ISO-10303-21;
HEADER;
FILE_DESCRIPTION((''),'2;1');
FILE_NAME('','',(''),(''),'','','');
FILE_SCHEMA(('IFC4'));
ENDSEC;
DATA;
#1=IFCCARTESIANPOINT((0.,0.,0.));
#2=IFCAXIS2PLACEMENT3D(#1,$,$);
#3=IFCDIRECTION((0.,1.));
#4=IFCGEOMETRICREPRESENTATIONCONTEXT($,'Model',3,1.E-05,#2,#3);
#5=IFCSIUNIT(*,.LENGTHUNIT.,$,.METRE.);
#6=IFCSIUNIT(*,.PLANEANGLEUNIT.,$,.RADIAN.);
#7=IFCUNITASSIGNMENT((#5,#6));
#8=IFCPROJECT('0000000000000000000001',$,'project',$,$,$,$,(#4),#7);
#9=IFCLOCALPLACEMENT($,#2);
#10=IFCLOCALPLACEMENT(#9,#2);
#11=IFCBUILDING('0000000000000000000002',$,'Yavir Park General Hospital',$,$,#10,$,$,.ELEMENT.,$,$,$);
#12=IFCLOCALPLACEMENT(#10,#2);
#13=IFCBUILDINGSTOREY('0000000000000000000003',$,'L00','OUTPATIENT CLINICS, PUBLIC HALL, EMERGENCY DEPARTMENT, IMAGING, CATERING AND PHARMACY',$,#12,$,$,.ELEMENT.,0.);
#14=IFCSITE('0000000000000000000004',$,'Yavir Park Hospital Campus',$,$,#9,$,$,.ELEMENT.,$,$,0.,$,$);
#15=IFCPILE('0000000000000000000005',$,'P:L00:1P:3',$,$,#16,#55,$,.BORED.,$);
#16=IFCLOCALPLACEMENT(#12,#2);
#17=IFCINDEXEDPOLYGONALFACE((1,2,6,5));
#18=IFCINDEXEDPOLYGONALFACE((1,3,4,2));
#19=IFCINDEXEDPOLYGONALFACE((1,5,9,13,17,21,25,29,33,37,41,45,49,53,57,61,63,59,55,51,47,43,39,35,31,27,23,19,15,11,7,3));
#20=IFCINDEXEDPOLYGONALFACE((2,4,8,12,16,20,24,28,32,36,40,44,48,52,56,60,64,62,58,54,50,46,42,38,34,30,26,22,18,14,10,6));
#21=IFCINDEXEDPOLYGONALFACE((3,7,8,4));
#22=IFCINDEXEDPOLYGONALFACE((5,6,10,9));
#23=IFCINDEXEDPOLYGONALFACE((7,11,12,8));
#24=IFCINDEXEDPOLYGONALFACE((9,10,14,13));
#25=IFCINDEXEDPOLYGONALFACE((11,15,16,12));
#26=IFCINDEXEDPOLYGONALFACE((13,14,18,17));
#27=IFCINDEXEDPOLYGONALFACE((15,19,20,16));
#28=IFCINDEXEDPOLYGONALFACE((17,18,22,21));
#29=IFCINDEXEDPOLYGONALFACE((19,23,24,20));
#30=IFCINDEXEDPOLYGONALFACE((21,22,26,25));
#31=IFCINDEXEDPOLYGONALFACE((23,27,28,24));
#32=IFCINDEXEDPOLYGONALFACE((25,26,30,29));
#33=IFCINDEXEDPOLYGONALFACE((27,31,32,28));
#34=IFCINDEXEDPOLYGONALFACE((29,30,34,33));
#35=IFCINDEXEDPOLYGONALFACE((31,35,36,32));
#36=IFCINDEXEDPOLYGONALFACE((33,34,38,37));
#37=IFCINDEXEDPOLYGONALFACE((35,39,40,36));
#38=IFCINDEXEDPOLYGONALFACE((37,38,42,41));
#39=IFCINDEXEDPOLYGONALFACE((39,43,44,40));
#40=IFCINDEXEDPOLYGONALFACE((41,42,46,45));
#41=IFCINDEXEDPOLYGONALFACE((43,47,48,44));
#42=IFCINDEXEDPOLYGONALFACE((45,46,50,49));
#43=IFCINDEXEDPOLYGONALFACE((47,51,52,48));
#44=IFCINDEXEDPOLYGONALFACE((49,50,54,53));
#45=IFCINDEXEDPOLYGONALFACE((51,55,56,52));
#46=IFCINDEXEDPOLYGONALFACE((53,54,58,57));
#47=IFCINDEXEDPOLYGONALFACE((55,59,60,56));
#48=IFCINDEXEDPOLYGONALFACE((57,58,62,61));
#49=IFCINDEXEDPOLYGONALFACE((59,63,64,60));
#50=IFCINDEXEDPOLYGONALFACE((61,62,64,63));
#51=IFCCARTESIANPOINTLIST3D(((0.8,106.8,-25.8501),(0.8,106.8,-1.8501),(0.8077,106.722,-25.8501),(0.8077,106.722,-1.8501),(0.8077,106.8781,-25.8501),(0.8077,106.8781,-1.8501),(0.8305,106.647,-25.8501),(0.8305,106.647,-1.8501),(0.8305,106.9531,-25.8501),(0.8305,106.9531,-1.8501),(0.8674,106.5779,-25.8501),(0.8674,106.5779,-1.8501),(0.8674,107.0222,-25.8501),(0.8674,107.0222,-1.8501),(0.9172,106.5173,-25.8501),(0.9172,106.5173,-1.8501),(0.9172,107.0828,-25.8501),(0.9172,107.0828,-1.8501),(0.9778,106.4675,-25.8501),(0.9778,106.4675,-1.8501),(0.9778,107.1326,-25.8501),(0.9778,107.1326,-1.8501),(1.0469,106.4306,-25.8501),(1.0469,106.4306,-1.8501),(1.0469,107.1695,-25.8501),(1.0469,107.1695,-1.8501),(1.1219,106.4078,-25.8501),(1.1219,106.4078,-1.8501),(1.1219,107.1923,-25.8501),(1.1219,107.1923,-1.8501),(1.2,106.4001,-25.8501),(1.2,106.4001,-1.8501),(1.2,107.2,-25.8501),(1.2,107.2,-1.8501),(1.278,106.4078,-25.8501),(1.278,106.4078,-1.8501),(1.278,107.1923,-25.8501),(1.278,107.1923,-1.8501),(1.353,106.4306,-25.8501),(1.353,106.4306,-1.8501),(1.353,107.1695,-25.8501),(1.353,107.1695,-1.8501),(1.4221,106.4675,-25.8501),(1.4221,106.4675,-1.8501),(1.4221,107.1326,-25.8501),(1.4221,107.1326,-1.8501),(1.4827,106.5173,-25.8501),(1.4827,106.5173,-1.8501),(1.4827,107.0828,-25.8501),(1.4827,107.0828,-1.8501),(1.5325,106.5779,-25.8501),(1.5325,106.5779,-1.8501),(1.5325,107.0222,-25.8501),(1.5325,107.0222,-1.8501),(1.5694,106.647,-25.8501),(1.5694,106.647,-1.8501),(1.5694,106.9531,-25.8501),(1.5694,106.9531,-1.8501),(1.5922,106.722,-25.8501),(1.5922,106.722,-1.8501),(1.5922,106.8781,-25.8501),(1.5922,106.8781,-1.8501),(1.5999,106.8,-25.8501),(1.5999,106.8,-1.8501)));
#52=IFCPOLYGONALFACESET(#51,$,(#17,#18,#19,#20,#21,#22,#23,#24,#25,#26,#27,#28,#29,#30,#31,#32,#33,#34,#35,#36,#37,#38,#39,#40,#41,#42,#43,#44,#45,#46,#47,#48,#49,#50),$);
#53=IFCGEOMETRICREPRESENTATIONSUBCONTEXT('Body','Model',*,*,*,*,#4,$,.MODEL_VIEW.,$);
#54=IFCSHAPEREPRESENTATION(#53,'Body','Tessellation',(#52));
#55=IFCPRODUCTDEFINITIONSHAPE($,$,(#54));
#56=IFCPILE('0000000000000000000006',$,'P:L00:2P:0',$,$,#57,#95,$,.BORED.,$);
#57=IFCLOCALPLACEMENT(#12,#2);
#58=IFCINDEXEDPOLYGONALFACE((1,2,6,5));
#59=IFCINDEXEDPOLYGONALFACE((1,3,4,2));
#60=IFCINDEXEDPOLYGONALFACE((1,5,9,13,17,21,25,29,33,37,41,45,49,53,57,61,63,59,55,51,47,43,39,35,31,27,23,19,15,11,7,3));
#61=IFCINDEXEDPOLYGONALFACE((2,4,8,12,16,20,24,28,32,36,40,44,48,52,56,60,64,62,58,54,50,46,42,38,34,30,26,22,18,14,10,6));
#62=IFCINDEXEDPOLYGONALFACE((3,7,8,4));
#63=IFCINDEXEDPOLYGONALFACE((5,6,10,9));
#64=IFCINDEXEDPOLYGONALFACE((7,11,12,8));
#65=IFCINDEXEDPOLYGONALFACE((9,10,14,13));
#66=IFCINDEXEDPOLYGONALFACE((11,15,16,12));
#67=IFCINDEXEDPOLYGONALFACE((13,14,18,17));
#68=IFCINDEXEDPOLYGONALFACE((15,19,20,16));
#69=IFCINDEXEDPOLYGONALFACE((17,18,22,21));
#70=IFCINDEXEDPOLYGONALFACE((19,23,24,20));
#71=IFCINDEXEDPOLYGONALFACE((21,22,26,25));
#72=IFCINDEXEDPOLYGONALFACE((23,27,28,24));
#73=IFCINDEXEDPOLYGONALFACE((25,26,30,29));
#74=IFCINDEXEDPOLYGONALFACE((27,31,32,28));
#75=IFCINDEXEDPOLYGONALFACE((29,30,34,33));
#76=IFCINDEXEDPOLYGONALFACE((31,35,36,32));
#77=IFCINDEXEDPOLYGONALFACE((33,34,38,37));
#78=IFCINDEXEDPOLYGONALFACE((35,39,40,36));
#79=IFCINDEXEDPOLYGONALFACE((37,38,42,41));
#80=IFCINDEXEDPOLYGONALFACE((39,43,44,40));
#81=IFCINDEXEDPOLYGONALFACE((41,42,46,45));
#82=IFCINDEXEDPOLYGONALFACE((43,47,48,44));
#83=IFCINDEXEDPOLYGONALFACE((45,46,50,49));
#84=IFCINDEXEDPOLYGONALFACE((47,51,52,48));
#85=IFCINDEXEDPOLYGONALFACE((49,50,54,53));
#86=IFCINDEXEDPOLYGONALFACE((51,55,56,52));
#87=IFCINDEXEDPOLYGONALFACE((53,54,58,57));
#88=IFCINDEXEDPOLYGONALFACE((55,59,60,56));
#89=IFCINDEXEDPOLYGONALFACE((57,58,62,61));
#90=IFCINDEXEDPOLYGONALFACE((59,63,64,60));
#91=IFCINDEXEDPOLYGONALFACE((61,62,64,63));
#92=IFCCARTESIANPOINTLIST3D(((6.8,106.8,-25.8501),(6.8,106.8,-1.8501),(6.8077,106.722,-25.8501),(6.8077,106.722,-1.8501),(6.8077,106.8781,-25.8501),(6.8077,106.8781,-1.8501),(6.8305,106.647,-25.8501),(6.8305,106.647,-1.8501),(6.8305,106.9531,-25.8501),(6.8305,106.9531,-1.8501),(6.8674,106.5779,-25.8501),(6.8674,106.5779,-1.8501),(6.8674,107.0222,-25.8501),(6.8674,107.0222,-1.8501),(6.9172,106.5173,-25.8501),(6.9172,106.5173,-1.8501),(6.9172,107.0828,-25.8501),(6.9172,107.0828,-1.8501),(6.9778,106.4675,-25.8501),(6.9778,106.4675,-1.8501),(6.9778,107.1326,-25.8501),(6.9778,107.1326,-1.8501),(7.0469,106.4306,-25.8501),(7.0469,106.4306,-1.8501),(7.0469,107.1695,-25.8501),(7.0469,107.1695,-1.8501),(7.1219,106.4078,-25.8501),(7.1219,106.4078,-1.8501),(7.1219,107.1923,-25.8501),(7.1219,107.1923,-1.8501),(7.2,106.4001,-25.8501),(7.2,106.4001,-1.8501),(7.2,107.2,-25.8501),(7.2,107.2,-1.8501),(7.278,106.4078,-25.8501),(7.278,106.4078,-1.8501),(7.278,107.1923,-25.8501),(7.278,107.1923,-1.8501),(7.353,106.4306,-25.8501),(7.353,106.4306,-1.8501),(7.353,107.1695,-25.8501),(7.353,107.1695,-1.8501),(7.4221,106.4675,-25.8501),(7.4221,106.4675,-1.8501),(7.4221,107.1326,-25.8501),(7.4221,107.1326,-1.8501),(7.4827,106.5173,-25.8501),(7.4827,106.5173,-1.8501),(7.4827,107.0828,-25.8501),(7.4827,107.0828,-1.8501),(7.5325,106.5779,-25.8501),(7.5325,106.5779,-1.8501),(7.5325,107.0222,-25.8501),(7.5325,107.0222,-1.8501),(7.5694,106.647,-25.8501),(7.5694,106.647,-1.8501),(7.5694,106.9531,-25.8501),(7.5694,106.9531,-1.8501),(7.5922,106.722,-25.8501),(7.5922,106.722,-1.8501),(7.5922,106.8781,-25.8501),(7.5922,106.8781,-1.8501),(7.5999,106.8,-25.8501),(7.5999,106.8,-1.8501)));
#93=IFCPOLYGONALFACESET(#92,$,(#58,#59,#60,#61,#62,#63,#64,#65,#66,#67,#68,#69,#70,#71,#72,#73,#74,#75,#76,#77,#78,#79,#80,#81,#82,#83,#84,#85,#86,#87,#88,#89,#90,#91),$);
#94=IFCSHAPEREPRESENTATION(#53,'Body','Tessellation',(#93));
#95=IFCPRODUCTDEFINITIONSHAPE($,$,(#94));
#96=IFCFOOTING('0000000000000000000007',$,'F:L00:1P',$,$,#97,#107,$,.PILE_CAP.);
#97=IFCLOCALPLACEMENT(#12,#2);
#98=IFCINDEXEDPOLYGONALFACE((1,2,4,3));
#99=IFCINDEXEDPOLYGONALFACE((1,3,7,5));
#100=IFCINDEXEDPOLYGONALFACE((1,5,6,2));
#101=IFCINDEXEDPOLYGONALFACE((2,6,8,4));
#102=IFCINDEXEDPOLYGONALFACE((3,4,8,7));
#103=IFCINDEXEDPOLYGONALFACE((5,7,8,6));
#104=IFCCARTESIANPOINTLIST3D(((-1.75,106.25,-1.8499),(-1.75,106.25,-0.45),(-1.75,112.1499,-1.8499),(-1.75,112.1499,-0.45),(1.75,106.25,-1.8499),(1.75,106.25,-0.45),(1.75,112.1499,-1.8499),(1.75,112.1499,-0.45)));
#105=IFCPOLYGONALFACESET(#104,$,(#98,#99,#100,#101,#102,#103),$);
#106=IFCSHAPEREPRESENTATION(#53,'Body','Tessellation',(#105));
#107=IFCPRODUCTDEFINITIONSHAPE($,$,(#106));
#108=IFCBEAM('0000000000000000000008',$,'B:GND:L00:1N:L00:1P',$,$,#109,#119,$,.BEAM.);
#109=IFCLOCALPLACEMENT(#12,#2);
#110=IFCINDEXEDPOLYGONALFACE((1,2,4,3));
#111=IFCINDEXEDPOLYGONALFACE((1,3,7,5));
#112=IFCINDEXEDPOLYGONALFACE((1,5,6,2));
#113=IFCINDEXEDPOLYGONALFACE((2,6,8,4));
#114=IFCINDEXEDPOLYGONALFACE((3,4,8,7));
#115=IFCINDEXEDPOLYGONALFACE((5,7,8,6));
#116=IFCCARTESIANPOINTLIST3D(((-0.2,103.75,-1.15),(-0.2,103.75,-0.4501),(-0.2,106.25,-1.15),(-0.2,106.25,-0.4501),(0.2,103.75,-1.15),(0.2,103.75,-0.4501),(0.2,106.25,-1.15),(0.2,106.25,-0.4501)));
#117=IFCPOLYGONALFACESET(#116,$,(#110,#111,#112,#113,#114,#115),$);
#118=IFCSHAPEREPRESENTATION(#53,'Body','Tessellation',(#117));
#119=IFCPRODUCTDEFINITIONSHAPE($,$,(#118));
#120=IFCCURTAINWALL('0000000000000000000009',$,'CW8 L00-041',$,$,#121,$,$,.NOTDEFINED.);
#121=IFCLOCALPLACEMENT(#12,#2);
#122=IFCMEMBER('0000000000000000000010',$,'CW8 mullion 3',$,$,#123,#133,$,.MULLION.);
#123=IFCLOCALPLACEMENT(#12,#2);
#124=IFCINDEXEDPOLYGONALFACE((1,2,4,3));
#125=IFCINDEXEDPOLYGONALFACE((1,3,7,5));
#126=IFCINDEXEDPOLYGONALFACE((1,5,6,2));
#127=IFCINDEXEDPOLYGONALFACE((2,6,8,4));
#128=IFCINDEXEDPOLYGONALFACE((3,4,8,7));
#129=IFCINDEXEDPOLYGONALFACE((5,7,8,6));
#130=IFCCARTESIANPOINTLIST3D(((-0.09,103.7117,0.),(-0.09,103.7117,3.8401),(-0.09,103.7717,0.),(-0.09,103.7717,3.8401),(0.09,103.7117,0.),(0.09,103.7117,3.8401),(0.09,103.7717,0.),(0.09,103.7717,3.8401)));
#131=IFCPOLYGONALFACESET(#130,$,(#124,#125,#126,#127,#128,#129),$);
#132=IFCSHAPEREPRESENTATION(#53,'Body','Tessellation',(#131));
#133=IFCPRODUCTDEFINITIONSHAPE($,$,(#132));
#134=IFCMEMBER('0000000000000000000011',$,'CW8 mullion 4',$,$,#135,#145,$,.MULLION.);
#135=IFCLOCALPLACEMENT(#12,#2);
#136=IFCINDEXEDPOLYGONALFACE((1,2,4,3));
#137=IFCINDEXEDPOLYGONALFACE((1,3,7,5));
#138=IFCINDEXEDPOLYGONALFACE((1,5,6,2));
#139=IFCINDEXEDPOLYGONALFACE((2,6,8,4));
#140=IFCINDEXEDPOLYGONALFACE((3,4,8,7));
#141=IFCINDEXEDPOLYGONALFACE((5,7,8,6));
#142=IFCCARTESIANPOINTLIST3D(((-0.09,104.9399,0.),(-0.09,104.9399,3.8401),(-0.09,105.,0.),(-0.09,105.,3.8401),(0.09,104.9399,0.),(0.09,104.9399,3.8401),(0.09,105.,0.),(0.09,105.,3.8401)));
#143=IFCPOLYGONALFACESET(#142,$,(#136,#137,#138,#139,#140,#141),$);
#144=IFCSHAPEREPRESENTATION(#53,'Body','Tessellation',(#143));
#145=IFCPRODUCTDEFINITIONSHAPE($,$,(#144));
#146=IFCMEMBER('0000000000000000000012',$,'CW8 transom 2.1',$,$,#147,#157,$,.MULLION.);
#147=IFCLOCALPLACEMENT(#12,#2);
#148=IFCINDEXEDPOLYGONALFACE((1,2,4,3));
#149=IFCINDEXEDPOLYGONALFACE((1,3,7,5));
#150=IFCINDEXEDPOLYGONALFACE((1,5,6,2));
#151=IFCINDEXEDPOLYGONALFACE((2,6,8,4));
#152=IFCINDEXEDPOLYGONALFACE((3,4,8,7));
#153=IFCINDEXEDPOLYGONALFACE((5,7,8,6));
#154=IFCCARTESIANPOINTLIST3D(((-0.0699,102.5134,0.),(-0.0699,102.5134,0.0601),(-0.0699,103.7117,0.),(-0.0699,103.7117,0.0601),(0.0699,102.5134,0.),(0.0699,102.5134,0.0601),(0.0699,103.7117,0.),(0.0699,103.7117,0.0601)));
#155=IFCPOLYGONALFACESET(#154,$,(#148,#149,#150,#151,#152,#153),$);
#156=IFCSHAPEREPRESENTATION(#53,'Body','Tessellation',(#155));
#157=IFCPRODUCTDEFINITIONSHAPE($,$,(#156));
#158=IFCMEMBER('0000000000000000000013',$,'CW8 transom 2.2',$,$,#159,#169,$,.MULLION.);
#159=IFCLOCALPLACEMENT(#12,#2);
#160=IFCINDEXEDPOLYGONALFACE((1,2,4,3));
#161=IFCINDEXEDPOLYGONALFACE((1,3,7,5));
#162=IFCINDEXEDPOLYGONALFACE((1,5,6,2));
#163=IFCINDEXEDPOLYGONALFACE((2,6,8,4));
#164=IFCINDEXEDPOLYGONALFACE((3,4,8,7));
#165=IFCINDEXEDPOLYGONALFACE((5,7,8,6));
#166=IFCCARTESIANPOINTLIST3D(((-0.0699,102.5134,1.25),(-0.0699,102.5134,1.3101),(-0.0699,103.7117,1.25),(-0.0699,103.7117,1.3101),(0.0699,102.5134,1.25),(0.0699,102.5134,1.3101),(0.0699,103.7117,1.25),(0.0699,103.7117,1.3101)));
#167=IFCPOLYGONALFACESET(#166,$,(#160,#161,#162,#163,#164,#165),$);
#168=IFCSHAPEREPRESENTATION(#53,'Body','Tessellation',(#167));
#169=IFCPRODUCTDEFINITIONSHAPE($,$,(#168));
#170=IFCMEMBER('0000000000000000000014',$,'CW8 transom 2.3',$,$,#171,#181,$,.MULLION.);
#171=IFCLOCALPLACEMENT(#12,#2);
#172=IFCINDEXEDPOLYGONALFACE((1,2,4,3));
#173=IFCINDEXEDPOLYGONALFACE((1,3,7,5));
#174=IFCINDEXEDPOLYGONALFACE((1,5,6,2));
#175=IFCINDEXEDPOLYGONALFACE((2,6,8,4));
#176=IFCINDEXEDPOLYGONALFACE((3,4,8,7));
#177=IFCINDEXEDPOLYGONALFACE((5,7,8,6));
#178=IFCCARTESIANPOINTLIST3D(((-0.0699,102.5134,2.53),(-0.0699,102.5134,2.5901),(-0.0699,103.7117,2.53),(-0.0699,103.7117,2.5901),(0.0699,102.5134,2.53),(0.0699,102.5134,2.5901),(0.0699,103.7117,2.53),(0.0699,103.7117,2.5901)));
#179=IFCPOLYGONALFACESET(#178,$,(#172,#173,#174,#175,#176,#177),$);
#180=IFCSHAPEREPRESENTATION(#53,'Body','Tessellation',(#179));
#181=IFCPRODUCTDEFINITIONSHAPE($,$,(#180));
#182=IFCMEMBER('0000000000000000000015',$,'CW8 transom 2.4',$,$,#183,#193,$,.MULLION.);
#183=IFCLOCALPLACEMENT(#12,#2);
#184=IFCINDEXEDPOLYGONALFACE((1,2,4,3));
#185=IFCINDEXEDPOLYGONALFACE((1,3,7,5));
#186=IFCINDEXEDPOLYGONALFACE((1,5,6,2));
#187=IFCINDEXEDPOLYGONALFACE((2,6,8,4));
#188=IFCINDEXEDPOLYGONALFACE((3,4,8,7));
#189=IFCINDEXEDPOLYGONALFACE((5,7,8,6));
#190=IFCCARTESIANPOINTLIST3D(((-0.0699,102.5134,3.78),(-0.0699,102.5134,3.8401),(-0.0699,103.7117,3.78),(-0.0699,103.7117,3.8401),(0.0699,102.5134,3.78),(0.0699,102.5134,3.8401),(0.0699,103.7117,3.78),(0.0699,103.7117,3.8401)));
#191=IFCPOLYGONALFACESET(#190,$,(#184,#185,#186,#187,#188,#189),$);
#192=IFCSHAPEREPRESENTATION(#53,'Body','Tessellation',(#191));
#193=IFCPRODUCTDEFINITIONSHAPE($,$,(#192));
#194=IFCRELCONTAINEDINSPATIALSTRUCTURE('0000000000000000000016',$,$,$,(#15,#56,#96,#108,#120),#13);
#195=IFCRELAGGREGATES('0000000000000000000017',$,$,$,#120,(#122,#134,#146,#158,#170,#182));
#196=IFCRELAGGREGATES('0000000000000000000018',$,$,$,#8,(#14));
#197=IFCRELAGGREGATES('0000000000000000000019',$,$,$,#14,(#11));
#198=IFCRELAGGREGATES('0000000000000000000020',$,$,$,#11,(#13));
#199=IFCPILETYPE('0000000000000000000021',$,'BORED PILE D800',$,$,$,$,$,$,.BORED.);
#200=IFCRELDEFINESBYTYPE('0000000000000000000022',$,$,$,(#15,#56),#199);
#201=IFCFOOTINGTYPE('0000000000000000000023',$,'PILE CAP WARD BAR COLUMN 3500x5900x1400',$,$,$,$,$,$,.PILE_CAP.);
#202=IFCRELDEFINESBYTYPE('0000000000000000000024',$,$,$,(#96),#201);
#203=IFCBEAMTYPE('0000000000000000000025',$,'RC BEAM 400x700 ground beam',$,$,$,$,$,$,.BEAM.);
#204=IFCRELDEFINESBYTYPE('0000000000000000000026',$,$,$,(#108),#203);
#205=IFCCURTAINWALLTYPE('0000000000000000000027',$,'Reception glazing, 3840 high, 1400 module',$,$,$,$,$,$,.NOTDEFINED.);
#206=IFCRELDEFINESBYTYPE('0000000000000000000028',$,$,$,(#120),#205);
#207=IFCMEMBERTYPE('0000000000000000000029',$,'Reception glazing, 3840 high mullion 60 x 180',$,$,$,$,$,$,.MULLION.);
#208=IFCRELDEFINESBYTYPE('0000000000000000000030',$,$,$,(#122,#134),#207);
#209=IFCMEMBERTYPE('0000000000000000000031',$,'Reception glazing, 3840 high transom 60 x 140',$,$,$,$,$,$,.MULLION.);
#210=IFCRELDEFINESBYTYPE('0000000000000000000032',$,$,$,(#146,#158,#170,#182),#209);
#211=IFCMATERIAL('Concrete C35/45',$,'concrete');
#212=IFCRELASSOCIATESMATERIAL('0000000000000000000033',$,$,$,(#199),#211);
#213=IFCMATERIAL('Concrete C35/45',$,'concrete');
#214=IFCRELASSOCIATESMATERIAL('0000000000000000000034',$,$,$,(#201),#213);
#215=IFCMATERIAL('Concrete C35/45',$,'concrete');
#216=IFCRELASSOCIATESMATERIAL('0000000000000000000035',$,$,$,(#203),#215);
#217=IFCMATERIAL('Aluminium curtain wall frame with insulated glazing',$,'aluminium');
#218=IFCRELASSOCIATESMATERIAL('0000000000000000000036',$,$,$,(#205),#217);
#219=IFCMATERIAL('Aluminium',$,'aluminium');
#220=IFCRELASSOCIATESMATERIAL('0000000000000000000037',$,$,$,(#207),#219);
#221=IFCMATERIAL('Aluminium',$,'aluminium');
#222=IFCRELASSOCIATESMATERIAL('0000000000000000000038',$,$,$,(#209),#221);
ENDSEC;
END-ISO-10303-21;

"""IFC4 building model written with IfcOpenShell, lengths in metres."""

from ifc_helpers import new_model, si_unit, direction, frame, origin, origin_2d, place, context, subcontext, project, spatial, rectangle, circle, extrude, material, material_profile, profile_set, type_object, element, aggregate, save


model = new_model("IFC4")

# Units and contexts
model_context = context("Model", 3, precision=1e-05, world=origin(), true_north=direction((0.0, 1.0)))
body_context = subcontext(model_context, "Body", "Model", "MODEL_VIEW")
ifc_project = project(units=[si_unit("LENGTHUNIT", "METRE"), si_unit("PLANEANGLEUNIT", "RADIAN")], contexts=[model_context])

# Site, building, storey
site_placement = place(None, origin())
site = spatial("IfcSite", under=ifc_project, at=site_placement, Name="Yavir Park Hospital Campus", CompositionType="ELEMENT", RefElevation=0.0)
building_placement = place(site_placement, origin())
building = spatial("IfcBuilding", under=site, at=building_placement, Name="Yavir Park General Hospital", CompositionType="ELEMENT")
storey_placement = place(building_placement, origin())
storey = spatial("IfcBuildingStorey", under=building, at=storey_placement, Name="L00", Description="OUTPATIENT CLINICS, PUBLIC HALL, EMERGENCY DEPARTMENT, IMAGING, CATERING AND PHARMACY", CompositionType="ELEMENT", Elevation=0.0)

# Piles
ifc_material_1 = material(Name="Concrete C35/45", Category="concrete")
ifc_material_profile_1 = material_profile(ifc_material_1, circle(Radius=0.3999, at=origin_2d()), Name="D800")
ifc_profile_set_1 = profile_set([ifc_material_profile_1], Name="Concrete C35/45")
pile_type = type_object("IfcPileType", Name="BORED PILE D800", PredefinedType="BORED", material=ifc_profile_set_1)
for number, where, z_axis, x_axis, name in (
    (1, (1.2, 106.8, -1.8501), (0.0, 0.0, -1.0), (1.0, 0.0, 0.0), "P:L00:1P:3"),
    (2, (7.2, 106.8, -1.8501), (0.0, 0.0, -1.0), (1.0, 0.0, 0.0), "P:L00:2P:0"),
):
    element("IfcPile", number, at=place(storey_placement, frame(where, z_axis=z_axis, x_axis=x_axis)), inside=storey, type_object=pile_type, Name=name, PredefinedType="BORED", context=body_context, shape_type="SweptSolid", body=[
        extrude(circle(Radius=0.3999, at=origin_2d()), origin(), (0.0, 0.0, 1.0), 24.0),
    ])

# Footing
ifc_material_2 = material(Name="Concrete C35/45", Category="concrete")
footing_type = type_object("IfcFootingType", Name="PILE CAP WARD BAR COLUMN 3500x5900x1400", PredefinedType="PILE_CAP", material=ifc_material_2)
footing_placement = place(storey_placement, frame((0.0, 109.2, -1.8499), z_axis=(0.0, 0.0, 1.0), x_axis=(1.0, 0.0, 0.0)))
element("IfcFooting", 3, at=footing_placement, inside=storey, type_object=footing_type, Name="F:L00:1P", PredefinedType="PILE_CAP", context=body_context, shape_type="SweptSolid", body=[
    extrude(rectangle(XDim=3.5, YDim=5.8999, at=origin_2d()), origin(), (0.0, 0.0, 1.0), 1.3999),
])

# Beam
ifc_material_3 = material(Name="Concrete C35/45", Category="concrete")
ifc_material_profile_2 = material_profile(ifc_material_3, rectangle(XDim=0.3999, YDim=0.7, at=origin_2d()), Name="RC400x700")
ifc_profile_set_2 = profile_set([ifc_material_profile_2], Name="Concrete C35/45")
beam_type = type_object("IfcBeamType", Name="RC BEAM 400x700 ground beam", PredefinedType="BEAM", material=ifc_profile_set_2)
beam_placement = place(storey_placement, frame((0.0, 103.75, -0.8), z_axis=(0.0, 1.0, 0.0), x_axis=(-1.0, 0.0, 0.0)))
element("IfcBeam", 4, at=beam_placement, inside=storey, type_object=beam_type, Name="B:GND:L00:1N:L00:1P", PredefinedType="BEAM", context=body_context, shape_type="SweptSolid", body=[
    extrude(rectangle(XDim=0.3999, YDim=0.7, at=origin_2d()), origin(), (0.0, 0.0, 1.0), 2.5),
])

# Curtain wall, members
ifc_material_4 = material(Name="Aluminium curtain wall frame with insulated glazing", Category="aluminium")
curtain_wall_type = type_object("IfcCurtainWallType", Name="Reception glazing, 3840 high, 1400 module", PredefinedType="NOTDEFINED", material=ifc_material_4)
curtain_wall_placement = place(storey_placement, origin())
curtain_wall = element("IfcCurtainWall", 5, at=curtain_wall_placement, inside=storey, type_object=curtain_wall_type, Name="CW8 L00-041", PredefinedType="NOTDEFINED")
ifc_material_5 = material(Name="Aluminium", Category="aluminium")
ifc_material_profile_3 = material_profile(ifc_material_5, rectangle(XDim=0.1799, YDim=0.0601, at=origin_2d()), Name="AL 60x180")
ifc_profile_set_3 = profile_set([ifc_material_profile_3], Name="Aluminium")
member_type_1 = type_object("IfcMemberType", Name="Reception glazing, 3840 high mullion 60 x 180", PredefinedType="MULLION", material=ifc_profile_set_3)
member_1_placement = place(storey_placement, frame((0.0, 103.7417, 0.0), z_axis=(0.0, 0.0, 1.0), x_axis=(-1.0, 0.0, 0.0)))
member_1 = element("IfcMember", 6, at=member_1_placement, type_object=member_type_1, Name="CW8 mullion 3", PredefinedType="MULLION", context=body_context, shape_type="SweptSolid", body=[
    extrude(rectangle(XDim=0.1799, YDim=0.0601, at=origin_2d()), origin(), (0.0, 0.0, 1.0), 3.8401),
])
member_2_placement = place(storey_placement, frame((0.0, 104.97, 0.0), z_axis=(0.0, 0.0, 1.0), x_axis=(-1.0, 0.0, 0.0)))
member_2 = element("IfcMember", 7, at=member_2_placement, type_object=member_type_1, Name="CW8 mullion 4", PredefinedType="MULLION", context=body_context, shape_type="SweptSolid", body=[
    extrude(rectangle(XDim=0.1799, YDim=0.0601, at=origin_2d()), origin(), (0.0, 0.0, 1.0), 3.8401),
])
ifc_material_6 = material(Name="Aluminium", Category="aluminium")
ifc_material_profile_4 = material_profile(ifc_material_6, rectangle(XDim=0.1399, YDim=0.0601, at=origin_2d()), Name="AL 140x60")
ifc_profile_set_4 = profile_set([ifc_material_profile_4], Name="Aluminium")
member_type_2 = type_object("IfcMemberType", Name="Reception glazing, 3840 high transom 60 x 140", PredefinedType="MULLION", material=ifc_profile_set_4)
member_3_placement = place(storey_placement, frame((0.0, 102.5134, 0.03), z_axis=(0.0, 1.0, 0.0), x_axis=(-1.0, 0.0, 0.0)))
member_3 = element("IfcMember", 8, at=member_3_placement, type_object=member_type_2, Name="CW8 transom 2.1", PredefinedType="MULLION", context=body_context, shape_type="SweptSolid", body=[
    extrude(rectangle(XDim=0.1399, YDim=0.0601, at=origin_2d()), origin(), (0.0, 0.0, 1.0), 1.1982),
])
member_4_placement = place(storey_placement, frame((0.0, 102.5134, 1.28), z_axis=(0.0, 1.0, 0.0), x_axis=(-1.0, 0.0, 0.0)))
member_4 = element("IfcMember", 9, at=member_4_placement, type_object=member_type_2, Name="CW8 transom 2.2", PredefinedType="MULLION", context=body_context, shape_type="SweptSolid", body=[
    extrude(rectangle(XDim=0.1399, YDim=0.0601, at=origin_2d()), origin(), (0.0, 0.0, 1.0), 1.1982),
])
member_5_placement = place(storey_placement, frame((0.0, 102.5134, 2.5601), z_axis=(0.0, 1.0, 0.0), x_axis=(-1.0, 0.0, 0.0)))
member_5 = element("IfcMember", 10, at=member_5_placement, type_object=member_type_2, Name="CW8 transom 2.3", PredefinedType="MULLION", context=body_context, shape_type="SweptSolid", body=[
    extrude(rectangle(XDim=0.1399, YDim=0.0601, at=origin_2d()), origin(), (0.0, 0.0, 1.0), 1.1982),
])
member_6_placement = place(storey_placement, frame((0.0, 102.5134, 3.8101), z_axis=(0.0, 1.0, 0.0), x_axis=(-1.0, 0.0, 0.0)))
member_6 = element("IfcMember", 11, at=member_6_placement, type_object=member_type_2, Name="CW8 transom 2.4", PredefinedType="MULLION", context=body_context, shape_type="SweptSolid", body=[
    extrude(rectangle(XDim=0.1399, YDim=0.0601, at=origin_2d()), origin(), (0.0, 0.0, 1.0), 1.1982),
])
aggregate(curtain_wall, [member_1, member_2, member_3, member_4, member_5, member_6])

save(model, "model.ifc")
